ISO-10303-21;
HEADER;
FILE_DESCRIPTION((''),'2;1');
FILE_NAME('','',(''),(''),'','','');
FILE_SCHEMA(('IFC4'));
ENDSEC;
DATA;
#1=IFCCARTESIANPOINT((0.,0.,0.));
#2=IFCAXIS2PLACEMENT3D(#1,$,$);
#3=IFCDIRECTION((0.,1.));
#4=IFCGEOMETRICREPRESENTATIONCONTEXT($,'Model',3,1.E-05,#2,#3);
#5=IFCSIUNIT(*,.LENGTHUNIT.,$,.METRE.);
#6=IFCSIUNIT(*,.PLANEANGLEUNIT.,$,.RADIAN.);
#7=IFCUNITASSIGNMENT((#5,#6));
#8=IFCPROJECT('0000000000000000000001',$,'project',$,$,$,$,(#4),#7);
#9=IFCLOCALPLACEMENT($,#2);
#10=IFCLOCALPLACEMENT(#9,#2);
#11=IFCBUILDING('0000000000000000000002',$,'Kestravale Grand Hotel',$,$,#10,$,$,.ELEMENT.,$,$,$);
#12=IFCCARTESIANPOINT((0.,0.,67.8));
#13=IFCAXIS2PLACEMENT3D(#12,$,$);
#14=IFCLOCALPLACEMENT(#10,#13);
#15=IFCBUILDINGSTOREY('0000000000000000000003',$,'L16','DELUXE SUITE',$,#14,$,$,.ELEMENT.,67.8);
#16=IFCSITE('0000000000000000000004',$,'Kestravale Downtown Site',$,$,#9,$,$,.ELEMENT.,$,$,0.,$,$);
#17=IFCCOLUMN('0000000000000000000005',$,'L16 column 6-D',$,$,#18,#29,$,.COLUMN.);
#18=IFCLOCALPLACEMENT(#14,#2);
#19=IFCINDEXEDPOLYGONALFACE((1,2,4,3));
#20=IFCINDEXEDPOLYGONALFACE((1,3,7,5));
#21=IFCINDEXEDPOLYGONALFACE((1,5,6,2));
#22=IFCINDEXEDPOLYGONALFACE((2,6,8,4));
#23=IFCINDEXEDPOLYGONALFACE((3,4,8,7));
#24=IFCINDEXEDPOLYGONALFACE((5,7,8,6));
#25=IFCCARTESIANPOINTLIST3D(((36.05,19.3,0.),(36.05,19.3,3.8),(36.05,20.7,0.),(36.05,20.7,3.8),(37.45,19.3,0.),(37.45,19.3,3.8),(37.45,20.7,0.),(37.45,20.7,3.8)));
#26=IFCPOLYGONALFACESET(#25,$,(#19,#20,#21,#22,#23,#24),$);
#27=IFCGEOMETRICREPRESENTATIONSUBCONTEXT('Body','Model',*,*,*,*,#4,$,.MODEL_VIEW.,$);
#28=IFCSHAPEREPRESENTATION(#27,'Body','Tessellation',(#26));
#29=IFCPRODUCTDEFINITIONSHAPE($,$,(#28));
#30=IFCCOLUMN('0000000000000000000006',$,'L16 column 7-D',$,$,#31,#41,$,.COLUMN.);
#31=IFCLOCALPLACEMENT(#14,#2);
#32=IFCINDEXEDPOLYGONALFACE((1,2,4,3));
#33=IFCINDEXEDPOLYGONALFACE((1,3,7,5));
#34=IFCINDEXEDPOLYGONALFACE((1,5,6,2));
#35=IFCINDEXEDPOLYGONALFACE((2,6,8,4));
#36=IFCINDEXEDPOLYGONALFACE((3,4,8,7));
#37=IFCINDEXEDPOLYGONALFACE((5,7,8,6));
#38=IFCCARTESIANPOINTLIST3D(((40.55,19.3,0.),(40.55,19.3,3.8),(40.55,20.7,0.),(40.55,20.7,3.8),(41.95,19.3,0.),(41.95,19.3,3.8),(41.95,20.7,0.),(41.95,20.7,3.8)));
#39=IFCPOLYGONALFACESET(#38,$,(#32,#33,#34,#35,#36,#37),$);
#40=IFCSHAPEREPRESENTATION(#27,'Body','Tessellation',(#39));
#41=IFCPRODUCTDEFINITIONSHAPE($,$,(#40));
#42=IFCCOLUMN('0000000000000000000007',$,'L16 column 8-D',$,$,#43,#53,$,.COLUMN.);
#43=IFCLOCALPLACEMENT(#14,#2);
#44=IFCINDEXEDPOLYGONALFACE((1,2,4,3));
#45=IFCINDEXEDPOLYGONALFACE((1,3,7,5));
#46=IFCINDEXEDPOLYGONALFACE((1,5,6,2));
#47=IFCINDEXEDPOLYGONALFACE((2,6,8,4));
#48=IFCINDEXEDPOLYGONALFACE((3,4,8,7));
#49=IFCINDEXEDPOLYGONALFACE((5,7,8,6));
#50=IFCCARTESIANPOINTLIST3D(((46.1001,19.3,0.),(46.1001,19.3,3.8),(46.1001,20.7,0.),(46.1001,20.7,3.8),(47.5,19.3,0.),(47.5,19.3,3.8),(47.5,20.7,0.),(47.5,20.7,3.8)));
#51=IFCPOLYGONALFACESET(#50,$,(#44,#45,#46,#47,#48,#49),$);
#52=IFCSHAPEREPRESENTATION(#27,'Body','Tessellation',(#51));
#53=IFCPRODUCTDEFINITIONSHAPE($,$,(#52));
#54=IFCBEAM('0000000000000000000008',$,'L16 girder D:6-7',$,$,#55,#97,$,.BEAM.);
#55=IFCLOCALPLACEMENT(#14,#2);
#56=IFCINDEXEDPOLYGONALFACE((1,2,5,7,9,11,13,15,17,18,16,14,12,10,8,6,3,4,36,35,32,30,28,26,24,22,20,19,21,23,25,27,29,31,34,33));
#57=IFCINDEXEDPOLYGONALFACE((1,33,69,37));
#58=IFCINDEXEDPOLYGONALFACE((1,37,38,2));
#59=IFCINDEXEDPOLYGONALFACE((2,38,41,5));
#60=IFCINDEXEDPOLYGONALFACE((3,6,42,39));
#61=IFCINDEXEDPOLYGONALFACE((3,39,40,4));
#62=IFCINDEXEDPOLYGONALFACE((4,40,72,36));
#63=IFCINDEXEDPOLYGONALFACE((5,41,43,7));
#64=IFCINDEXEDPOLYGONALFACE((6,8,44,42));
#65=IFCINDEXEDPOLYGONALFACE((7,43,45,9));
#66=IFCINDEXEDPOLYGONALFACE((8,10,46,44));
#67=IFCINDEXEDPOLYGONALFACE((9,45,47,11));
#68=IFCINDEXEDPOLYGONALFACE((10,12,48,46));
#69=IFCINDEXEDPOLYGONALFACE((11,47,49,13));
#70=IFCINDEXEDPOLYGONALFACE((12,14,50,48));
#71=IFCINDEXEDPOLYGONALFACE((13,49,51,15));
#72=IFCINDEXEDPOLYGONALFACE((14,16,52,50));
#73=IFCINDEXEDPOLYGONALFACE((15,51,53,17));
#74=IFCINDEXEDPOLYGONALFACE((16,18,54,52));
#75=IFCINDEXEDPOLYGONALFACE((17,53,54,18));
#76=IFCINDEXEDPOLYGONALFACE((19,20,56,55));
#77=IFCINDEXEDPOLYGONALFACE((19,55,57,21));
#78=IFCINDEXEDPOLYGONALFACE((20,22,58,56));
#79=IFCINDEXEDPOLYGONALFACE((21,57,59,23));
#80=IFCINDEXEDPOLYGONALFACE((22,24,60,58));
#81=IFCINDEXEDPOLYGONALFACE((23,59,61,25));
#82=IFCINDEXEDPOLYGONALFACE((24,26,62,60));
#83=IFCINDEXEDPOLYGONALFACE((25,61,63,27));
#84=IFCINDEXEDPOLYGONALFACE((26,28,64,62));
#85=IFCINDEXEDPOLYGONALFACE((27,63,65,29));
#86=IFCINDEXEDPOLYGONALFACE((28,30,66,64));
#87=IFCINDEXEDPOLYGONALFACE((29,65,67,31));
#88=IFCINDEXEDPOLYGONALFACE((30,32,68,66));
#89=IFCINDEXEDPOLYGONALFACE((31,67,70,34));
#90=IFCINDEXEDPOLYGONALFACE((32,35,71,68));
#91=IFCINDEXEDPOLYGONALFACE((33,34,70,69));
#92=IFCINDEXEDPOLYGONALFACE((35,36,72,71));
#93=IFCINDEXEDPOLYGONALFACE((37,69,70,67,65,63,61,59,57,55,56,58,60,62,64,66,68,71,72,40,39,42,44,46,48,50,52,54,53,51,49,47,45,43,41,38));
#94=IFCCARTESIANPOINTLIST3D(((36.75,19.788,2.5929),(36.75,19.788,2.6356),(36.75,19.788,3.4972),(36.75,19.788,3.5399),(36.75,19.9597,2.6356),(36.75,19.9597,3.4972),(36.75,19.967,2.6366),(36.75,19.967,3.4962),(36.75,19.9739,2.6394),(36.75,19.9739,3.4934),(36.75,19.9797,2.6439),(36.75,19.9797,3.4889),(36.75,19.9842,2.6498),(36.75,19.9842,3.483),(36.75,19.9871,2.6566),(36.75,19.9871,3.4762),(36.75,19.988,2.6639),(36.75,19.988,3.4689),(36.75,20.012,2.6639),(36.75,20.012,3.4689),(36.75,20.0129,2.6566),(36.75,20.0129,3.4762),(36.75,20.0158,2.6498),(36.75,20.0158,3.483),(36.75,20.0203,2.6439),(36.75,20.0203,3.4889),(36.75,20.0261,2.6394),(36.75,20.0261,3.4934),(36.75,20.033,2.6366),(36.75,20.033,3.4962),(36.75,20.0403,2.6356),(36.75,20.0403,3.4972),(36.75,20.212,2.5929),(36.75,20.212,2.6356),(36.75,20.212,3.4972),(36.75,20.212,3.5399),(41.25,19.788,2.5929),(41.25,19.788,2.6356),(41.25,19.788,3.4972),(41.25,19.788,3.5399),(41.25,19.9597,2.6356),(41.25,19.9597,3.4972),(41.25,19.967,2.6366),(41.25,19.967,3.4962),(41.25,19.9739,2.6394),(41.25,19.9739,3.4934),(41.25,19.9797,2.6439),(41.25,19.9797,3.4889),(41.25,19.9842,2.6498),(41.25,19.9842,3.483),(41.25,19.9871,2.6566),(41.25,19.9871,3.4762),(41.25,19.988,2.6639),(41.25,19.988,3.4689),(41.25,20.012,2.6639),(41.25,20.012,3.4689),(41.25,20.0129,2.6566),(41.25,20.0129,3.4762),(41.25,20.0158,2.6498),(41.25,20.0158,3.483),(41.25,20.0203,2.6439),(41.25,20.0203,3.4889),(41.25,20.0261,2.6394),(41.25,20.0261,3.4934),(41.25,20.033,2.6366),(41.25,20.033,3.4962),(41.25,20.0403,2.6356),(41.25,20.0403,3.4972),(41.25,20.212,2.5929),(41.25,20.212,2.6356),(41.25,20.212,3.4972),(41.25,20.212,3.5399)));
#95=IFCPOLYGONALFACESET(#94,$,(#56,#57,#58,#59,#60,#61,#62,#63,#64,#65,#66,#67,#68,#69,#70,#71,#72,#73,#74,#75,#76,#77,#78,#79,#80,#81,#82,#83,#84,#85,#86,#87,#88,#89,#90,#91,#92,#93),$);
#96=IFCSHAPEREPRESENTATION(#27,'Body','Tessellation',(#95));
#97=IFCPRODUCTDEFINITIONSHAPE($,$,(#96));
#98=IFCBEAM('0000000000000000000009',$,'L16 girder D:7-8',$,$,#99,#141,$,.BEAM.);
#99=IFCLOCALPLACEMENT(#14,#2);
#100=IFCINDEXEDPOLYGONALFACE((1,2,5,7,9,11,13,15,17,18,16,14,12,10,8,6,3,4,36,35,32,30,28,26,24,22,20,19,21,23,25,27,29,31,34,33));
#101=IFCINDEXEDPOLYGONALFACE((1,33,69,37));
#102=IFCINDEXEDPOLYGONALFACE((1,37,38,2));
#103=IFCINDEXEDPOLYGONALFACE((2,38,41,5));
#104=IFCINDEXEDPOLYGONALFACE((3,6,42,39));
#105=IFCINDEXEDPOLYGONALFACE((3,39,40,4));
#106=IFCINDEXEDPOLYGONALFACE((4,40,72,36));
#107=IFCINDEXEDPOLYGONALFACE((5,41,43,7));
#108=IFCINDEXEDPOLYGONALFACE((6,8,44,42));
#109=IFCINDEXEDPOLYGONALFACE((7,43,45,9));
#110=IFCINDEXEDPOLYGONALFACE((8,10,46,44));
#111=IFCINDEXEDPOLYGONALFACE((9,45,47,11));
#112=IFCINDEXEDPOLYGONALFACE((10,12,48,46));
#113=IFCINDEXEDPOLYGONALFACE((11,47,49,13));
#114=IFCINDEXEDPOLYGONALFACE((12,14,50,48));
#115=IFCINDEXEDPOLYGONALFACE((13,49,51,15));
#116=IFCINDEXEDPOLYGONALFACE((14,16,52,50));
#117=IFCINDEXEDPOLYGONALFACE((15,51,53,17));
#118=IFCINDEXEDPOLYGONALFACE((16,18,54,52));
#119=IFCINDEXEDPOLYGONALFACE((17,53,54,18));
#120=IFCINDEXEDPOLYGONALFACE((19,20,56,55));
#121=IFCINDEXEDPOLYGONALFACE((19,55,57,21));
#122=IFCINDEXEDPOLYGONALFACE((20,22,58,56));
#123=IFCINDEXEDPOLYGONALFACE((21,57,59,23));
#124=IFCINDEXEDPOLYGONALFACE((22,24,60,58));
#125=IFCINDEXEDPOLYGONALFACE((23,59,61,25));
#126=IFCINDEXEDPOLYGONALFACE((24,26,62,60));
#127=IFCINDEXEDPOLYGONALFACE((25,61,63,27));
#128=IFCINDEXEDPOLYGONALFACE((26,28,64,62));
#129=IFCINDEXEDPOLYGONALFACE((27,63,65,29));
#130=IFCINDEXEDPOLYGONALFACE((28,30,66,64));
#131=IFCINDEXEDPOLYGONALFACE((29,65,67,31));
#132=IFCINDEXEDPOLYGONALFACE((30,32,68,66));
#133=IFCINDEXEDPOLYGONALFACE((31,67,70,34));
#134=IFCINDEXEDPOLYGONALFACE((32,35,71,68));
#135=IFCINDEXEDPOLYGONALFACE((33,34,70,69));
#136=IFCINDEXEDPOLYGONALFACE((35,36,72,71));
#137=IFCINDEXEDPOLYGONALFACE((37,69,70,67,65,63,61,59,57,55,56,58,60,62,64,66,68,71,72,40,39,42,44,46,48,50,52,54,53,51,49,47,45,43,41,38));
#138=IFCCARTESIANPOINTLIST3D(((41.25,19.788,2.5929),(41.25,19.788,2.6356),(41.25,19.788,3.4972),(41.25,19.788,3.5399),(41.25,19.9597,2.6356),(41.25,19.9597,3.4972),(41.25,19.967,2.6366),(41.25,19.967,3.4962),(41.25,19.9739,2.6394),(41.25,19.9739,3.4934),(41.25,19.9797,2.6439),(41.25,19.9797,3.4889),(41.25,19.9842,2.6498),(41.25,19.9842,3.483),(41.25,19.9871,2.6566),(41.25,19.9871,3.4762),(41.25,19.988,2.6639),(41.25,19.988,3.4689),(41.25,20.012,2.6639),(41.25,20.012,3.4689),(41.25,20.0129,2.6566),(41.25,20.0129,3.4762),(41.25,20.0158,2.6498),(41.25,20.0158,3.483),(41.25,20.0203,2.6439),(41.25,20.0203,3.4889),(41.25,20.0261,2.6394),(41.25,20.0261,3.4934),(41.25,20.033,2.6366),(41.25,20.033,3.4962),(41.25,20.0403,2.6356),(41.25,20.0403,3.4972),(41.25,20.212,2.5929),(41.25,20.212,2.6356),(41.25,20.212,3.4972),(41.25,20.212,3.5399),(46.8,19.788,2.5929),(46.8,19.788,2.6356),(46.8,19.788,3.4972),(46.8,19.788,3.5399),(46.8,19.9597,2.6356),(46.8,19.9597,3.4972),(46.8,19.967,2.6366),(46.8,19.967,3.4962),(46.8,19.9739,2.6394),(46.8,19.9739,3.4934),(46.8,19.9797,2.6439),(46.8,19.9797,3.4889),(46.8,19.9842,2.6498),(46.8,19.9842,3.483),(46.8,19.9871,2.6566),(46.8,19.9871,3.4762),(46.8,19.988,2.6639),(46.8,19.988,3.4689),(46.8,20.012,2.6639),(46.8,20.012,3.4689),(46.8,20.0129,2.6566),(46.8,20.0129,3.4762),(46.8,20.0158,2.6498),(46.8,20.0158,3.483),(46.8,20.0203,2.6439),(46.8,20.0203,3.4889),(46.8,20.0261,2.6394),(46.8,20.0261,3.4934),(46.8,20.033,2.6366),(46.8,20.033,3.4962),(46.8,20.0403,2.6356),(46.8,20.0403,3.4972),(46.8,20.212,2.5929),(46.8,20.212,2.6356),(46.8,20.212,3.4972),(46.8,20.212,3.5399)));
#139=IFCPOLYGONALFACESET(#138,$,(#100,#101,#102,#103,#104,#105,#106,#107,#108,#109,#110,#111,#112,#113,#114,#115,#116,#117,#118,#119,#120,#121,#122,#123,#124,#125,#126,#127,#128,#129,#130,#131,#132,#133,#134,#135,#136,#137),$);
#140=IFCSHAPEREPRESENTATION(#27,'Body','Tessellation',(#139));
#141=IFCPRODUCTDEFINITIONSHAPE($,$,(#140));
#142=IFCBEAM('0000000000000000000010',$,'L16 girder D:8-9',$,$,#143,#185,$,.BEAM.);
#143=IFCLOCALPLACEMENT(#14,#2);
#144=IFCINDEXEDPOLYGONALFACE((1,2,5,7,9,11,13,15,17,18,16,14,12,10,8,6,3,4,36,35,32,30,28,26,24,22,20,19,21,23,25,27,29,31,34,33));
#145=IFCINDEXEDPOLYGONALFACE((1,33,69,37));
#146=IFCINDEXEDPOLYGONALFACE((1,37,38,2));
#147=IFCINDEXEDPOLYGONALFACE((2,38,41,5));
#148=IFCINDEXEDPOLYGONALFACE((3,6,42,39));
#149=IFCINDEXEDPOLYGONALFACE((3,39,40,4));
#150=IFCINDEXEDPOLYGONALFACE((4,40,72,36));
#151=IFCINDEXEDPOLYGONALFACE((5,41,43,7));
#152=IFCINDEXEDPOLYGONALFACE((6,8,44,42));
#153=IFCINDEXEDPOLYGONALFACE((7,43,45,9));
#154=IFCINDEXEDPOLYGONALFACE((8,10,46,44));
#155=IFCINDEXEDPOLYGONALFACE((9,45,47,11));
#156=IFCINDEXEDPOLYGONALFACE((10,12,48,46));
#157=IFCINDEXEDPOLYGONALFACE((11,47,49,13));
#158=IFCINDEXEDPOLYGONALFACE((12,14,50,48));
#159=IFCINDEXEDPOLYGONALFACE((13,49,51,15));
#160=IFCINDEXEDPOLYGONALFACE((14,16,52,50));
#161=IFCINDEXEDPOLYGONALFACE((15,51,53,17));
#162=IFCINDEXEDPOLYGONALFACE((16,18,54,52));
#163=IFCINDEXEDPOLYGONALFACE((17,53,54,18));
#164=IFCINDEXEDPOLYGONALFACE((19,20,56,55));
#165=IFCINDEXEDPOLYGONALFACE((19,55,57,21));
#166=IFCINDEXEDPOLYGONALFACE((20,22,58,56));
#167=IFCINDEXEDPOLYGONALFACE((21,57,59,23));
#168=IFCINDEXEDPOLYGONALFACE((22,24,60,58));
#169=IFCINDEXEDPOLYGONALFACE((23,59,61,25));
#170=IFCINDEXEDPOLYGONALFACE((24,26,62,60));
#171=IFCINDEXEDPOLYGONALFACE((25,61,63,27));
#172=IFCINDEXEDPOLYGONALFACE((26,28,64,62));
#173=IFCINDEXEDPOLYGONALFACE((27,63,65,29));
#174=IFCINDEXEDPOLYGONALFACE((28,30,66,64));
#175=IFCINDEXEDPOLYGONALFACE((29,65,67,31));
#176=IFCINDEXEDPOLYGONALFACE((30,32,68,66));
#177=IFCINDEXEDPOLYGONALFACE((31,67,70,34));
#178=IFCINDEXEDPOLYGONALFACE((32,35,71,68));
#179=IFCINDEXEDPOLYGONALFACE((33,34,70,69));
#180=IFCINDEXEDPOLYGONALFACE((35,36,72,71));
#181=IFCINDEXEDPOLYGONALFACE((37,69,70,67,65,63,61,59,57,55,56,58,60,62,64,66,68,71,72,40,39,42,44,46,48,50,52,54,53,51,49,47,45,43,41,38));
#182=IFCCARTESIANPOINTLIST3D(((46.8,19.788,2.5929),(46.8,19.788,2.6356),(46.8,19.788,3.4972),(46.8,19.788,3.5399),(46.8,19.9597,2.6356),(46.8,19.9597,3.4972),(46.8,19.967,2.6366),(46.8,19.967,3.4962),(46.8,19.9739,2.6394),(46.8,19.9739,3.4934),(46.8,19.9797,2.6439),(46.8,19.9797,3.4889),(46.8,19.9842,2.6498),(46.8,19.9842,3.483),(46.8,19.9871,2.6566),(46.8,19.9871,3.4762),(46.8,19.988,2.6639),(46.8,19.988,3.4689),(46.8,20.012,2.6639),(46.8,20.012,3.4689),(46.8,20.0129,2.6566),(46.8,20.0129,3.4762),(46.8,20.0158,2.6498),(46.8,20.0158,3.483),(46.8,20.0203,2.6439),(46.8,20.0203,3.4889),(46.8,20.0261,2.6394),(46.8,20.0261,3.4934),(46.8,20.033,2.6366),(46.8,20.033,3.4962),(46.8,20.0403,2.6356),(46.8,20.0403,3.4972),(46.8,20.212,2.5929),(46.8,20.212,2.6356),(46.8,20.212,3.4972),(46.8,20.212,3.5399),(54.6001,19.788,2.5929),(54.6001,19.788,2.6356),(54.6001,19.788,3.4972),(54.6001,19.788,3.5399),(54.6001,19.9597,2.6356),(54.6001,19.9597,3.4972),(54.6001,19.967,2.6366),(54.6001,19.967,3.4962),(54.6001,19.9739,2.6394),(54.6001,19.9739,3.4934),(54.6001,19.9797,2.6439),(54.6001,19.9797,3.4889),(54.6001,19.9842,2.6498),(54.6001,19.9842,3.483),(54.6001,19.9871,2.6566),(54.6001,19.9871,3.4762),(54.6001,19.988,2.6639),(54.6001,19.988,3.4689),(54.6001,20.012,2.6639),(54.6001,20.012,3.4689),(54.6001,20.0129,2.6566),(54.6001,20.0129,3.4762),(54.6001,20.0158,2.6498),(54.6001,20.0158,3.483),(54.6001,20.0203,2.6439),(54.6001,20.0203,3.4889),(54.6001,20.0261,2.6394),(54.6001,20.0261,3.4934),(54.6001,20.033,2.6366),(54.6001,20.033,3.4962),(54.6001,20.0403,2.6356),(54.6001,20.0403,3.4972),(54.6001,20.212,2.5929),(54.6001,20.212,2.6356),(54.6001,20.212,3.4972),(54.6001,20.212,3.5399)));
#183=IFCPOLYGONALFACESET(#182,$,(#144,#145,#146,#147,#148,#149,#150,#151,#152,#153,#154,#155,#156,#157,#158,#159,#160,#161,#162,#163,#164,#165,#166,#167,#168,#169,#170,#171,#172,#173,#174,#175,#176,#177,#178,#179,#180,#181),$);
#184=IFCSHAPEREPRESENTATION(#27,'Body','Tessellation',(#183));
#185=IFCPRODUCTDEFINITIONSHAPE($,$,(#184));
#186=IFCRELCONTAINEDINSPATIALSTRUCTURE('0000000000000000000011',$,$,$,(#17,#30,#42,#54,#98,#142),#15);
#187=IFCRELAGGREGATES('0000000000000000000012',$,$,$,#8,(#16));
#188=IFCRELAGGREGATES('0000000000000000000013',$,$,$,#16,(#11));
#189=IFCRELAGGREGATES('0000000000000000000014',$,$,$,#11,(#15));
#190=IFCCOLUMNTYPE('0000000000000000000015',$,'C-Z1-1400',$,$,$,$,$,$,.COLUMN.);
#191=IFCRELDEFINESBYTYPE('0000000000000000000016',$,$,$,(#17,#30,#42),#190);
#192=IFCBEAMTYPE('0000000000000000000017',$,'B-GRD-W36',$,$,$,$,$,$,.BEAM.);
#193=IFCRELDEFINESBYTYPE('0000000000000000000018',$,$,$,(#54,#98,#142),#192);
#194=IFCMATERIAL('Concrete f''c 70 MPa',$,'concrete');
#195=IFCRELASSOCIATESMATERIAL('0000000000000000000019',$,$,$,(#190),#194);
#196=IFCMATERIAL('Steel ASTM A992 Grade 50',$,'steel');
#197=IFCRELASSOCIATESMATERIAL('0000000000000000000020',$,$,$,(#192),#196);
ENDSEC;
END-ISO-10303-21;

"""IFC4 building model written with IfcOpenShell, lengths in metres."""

from ifc_helpers import new_model, si_unit, direction, frame, origin, origin_2d, place, context, subcontext, project, spatial, rectangle, i_section, extrude, material, material_profile, profile_set, type_object, element, save


model = new_model("IFC4")

# Units and contexts
model_context = context("Model", 3, precision=1e-05, world=origin(), true_north=direction((0.0, 1.0)))
body_context = subcontext(model_context, "Body", "Model", "MODEL_VIEW")
ifc_project = project(units=[si_unit("LENGTHUNIT", "METRE"), si_unit("PLANEANGLEUNIT", "RADIAN")], contexts=[model_context])

# Site, building, storey
site_placement = place(None, origin())
site = spatial("IfcSite", under=ifc_project, at=site_placement, Name="Kestravale Downtown Site", CompositionType="ELEMENT", RefElevation=0.0)
building_placement = place(site_placement, origin())
building = spatial("IfcBuilding", under=site, at=building_placement, Name="Kestravale Grand Hotel", CompositionType="ELEMENT")
storey_placement = place(building_placement, frame((0.0, 0.0, 67.8)))
storey = spatial("IfcBuildingStorey", under=building, at=storey_placement, Name="L16", Description="DELUXE SUITE", CompositionType="ELEMENT", Elevation=67.8)

# Columns
ifc_material_1 = material(Name="Concrete f'c 70 MPa", Category="concrete")
ifc_material_profile_1 = material_profile(ifc_material_1, rectangle(XDim=1.3999, YDim=1.3999, at=origin_2d()))
ifc_profile_set_1 = profile_set([ifc_material_profile_1], Name="Concrete f'c 70 MPa")
column_type = type_object("IfcColumnType", Name="C-Z1-1400", PredefinedType="COLUMN", material=ifc_profile_set_1)
for number, where, z_axis, x_axis, name in (
    (1, (36.75, 20.0, 0.0), (0.0, 0.0, 1.0), (1.0, 0.0, 0.0), "L16 column 6-D"),
    (2, (41.25, 20.0, 0.0), (0.0, 0.0, 1.0), (1.0, 0.0, 0.0), "L16 column 7-D"),
    (3, (46.8, 20.0, 0.0), (0.0, 0.0, 1.0), (1.0, 0.0, 0.0), "L16 column 8-D"),
):
    element("IfcColumn", number, at=place(storey_placement, frame(where, z_axis=z_axis, x_axis=x_axis)), inside=storey, type_object=column_type, Name=name, PredefinedType="COLUMN", context=body_context, shape_type="SweptSolid", body=[
        extrude(rectangle(XDim=1.3999, YDim=1.3999, at=origin_2d()), origin(), (0.0, 0.0, 1.0), 3.8),
    ])

# Beams
ifc_material_2 = material(Name="Steel ASTM A992 Grade 50", Category="steel")
ifc_material_profile_2 = material_profile(ifc_material_2, i_section(OverallWidth=0.4241, OverallDepth=0.947, WebThickness=0.0239, FlangeThickness=0.0427, FilletRadius=0.0283, at=origin_2d()))
ifc_profile_set_2 = profile_set([ifc_material_profile_2], Name="Steel ASTM A992 Grade 50")
beam_type = type_object("IfcBeamType", Name="B-GRD-W36", PredefinedType="BEAM", material=ifc_profile_set_2)
beam_1_placement = place(storey_placement, frame((36.75, 20.0, 3.0664), z_axis=(1.0, 0.0, 0.0), x_axis=(0.0, 1.0, 0.0)))
element("IfcBeam", 4, at=beam_1_placement, inside=storey, type_object=beam_type, Name="L16 girder D:6-7", PredefinedType="BEAM", context=body_context, shape_type="SweptSolid", body=[
    extrude(i_section(OverallWidth=0.4241, OverallDepth=0.947, WebThickness=0.0239, FlangeThickness=0.0427, FilletRadius=0.0283, at=origin_2d()), origin(), (0.0, 0.0, 1.0), 4.5),
])
beam_2_placement = place(storey_placement, frame((41.25, 20.0, 3.0664), z_axis=(1.0, 0.0, 0.0), x_axis=(0.0, 1.0, 0.0)))
element("IfcBeam", 5, at=beam_2_placement, inside=storey, type_object=beam_type, Name="L16 girder D:7-8", PredefinedType="BEAM", context=body_context, shape_type="SweptSolid", body=[
    extrude(i_section(OverallWidth=0.4241, OverallDepth=0.947, WebThickness=0.0239, FlangeThickness=0.0427, FilletRadius=0.0283, at=origin_2d()), origin(), (0.0, 0.0, 1.0), 5.55),
])
beam_3_placement = place(storey_placement, frame((46.8, 20.0, 3.0664), z_axis=(1.0, 0.0, 0.0), x_axis=(0.0, 1.0, 0.0)))
element("IfcBeam", 6, at=beam_3_placement, inside=storey, type_object=beam_type, Name="L16 girder D:8-9", PredefinedType="BEAM", context=body_context, shape_type="SweptSolid", body=[
    extrude(i_section(OverallWidth=0.4241, OverallDepth=0.947, WebThickness=0.0239, FlangeThickness=0.0427, FilletRadius=0.0283, at=origin_2d()), origin(), (0.0, 0.0, 1.0), 7.8),
])

save(model, "model.ifc")
